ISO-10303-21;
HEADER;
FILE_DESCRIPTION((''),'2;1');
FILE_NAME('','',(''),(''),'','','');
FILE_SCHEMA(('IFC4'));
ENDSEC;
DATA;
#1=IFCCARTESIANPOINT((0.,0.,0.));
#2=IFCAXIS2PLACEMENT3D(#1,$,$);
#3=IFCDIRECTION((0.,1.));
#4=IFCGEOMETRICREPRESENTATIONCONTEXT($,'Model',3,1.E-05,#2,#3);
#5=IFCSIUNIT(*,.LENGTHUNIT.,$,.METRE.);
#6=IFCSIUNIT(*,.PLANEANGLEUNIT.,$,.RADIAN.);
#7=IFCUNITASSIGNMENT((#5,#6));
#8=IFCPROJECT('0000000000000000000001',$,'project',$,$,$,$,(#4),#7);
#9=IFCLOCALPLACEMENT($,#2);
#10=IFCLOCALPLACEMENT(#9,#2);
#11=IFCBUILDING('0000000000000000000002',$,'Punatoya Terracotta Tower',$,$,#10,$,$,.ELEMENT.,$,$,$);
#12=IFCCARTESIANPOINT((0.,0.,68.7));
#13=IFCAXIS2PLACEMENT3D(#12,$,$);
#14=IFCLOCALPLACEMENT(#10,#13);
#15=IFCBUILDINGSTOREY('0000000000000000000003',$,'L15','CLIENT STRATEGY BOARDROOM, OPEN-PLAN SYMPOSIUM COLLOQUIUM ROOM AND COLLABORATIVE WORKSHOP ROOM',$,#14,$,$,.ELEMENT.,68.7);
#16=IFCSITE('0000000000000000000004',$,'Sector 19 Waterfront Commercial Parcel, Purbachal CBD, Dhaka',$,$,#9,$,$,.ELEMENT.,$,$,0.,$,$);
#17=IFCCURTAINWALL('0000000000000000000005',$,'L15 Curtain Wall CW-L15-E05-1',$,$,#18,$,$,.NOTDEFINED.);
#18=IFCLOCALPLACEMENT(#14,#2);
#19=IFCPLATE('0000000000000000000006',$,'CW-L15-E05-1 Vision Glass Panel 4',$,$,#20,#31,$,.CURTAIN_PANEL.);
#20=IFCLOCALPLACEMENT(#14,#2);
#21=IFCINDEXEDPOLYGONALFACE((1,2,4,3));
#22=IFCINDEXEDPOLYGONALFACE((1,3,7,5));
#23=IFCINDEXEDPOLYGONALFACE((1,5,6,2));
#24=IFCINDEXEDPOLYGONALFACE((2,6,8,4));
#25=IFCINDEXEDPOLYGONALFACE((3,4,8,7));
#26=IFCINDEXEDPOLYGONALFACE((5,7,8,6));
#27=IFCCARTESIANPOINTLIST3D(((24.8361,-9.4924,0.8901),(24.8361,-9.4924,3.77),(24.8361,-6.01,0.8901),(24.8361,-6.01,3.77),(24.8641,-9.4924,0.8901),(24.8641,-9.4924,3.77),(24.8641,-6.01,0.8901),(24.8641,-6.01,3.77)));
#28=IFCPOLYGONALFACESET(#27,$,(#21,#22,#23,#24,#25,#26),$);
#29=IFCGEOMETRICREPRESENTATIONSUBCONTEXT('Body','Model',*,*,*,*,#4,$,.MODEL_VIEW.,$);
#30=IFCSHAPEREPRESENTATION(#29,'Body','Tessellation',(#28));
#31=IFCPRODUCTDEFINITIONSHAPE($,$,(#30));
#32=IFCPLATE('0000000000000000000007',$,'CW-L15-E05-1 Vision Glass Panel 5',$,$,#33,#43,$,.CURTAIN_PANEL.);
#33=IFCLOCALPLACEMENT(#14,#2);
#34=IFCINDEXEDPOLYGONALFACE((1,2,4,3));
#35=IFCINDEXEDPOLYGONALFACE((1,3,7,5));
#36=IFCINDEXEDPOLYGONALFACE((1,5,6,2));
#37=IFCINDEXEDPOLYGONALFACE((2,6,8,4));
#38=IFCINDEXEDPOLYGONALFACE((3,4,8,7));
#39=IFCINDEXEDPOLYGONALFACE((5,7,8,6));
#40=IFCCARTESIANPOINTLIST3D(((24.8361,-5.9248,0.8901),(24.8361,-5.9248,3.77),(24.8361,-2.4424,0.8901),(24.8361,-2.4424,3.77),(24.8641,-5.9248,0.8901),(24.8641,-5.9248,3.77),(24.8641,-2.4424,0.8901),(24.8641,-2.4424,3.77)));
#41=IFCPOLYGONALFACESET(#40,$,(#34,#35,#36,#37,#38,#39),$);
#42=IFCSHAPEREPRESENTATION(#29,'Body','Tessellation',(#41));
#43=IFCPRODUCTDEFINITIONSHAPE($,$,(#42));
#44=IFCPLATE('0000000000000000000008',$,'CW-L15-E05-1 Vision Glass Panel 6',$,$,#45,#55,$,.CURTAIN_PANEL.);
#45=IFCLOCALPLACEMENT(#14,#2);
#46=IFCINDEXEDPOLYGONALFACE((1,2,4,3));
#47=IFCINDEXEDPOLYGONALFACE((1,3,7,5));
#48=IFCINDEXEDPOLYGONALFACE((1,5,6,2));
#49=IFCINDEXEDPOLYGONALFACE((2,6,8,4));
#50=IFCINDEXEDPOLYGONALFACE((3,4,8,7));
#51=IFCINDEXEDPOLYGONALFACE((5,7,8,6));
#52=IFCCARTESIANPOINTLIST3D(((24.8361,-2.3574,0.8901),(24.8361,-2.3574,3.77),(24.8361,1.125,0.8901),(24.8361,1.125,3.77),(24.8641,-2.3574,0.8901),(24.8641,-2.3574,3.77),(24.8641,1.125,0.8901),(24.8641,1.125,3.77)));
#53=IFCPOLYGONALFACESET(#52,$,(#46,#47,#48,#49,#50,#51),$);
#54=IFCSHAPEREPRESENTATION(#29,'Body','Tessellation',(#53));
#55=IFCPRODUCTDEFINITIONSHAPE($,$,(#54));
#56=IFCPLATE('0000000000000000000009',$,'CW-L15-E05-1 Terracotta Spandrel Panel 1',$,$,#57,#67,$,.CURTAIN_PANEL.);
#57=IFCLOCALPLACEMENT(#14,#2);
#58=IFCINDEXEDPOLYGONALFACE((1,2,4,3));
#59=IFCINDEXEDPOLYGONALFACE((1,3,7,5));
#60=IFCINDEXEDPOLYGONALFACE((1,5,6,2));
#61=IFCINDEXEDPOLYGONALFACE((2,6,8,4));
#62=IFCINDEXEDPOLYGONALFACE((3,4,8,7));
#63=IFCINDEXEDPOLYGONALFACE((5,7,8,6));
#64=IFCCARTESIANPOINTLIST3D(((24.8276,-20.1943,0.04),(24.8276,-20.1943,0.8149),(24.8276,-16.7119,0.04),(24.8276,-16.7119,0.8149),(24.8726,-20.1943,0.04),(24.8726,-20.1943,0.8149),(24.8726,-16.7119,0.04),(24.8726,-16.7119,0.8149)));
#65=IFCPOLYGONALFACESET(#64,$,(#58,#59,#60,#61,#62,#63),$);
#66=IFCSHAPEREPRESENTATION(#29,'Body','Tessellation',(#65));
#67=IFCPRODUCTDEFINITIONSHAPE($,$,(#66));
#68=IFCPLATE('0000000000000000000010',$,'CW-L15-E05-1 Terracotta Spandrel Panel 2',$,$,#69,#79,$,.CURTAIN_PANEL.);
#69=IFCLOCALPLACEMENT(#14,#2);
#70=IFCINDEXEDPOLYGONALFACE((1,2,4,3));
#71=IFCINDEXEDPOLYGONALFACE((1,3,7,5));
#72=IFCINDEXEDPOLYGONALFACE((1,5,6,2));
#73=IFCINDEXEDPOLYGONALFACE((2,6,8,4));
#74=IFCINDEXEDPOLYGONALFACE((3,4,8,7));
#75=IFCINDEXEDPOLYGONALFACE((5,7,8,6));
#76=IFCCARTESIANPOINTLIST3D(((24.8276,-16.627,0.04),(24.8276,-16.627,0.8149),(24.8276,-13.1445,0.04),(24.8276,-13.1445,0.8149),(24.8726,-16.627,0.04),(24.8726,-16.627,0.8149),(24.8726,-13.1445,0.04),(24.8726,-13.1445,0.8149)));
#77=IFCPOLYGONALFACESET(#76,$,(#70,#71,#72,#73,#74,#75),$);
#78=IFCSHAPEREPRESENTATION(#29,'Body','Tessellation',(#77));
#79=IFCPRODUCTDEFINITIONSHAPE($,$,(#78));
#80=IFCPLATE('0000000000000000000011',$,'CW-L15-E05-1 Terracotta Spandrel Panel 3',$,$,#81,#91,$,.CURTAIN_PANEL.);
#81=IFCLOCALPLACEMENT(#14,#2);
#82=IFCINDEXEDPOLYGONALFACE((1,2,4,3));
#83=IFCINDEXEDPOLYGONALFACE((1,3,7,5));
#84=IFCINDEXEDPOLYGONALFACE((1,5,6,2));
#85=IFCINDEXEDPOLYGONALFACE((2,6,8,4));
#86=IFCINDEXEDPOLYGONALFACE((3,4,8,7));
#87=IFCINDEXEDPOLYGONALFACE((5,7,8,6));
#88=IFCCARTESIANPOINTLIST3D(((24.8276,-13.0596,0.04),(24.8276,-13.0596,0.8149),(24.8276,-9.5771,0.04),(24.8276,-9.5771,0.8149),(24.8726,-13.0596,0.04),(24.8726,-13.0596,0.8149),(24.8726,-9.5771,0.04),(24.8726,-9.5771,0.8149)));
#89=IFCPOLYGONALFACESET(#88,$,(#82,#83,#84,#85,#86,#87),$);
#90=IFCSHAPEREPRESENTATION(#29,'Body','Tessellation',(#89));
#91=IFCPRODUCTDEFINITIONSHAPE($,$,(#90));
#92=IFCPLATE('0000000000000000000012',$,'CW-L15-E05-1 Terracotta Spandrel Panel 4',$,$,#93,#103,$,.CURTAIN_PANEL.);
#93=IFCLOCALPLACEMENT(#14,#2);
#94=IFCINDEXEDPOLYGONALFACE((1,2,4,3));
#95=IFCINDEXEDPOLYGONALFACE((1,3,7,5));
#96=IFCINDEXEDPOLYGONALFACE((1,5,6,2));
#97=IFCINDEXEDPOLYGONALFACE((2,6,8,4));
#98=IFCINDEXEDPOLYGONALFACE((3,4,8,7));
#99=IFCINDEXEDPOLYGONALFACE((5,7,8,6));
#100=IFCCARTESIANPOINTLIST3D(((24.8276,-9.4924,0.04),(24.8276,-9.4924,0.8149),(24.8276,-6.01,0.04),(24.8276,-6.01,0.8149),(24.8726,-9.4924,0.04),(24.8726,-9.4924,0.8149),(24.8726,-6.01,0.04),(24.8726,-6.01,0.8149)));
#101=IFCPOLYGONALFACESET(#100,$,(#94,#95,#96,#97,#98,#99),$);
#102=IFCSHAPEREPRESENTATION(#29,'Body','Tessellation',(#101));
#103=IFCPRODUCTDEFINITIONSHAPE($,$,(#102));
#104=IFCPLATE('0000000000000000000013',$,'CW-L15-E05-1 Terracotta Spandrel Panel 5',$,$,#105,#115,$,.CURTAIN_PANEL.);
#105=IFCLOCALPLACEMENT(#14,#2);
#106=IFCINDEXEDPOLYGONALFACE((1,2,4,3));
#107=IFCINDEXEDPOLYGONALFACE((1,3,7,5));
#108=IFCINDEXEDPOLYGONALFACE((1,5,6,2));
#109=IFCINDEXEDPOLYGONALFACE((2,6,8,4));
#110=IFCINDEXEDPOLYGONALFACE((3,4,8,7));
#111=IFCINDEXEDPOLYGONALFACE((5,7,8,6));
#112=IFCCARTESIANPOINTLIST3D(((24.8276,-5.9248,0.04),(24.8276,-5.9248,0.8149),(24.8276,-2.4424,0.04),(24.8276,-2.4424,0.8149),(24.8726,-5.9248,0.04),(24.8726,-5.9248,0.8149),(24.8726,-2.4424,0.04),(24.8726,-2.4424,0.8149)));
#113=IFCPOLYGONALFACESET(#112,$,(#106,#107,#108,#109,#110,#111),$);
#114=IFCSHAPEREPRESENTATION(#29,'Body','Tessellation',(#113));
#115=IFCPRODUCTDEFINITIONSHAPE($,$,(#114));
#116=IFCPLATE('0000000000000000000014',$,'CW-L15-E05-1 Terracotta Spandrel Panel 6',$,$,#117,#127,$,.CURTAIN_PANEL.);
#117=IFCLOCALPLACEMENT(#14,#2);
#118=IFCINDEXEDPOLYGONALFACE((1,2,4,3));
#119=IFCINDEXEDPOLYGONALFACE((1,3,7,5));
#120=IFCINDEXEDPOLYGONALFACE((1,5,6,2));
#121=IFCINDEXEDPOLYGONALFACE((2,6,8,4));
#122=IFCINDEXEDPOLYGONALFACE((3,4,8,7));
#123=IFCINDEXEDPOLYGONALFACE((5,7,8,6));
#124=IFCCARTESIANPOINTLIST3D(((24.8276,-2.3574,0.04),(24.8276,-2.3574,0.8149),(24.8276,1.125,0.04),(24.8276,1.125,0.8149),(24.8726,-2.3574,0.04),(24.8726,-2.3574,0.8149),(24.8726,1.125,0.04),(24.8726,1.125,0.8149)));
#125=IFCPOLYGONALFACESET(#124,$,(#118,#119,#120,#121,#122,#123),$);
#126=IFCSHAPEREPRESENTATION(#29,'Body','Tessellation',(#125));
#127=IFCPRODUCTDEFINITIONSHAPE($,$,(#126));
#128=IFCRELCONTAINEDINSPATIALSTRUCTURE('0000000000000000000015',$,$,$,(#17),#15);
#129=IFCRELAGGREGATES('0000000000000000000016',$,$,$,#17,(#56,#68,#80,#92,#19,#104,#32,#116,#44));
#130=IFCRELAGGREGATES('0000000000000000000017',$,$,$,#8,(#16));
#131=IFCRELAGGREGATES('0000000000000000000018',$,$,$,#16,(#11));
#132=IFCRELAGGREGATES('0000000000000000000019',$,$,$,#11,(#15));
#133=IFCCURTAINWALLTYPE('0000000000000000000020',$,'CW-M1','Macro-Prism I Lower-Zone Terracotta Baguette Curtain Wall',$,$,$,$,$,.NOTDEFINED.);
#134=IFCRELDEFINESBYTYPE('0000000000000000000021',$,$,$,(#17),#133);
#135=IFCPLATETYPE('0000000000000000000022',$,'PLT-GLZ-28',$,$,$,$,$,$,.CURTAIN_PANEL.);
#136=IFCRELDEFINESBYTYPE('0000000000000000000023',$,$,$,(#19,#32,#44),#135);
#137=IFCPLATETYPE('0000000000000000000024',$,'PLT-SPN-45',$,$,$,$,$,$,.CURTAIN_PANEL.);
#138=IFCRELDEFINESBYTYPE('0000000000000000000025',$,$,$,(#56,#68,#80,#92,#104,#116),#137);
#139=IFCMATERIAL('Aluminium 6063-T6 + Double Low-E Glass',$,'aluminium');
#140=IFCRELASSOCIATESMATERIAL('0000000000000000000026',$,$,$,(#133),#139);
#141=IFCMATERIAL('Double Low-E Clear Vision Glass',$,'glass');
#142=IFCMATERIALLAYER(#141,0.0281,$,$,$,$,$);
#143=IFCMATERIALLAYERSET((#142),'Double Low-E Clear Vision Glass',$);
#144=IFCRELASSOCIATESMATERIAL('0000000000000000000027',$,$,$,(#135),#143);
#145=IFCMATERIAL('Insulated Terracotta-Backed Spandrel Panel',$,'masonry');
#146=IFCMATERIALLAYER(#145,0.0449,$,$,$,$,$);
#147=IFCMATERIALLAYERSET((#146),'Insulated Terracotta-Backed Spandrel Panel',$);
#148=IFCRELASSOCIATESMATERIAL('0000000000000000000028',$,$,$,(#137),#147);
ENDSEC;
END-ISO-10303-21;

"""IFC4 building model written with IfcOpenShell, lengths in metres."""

from ifc_helpers import new_model, si_unit, direction, frame, origin, origin_2d, place, context, subcontext, project, spatial, rectangle, extrude, material, layer, layer_set, type_object, element, aggregate, save


model = new_model("IFC4")

# Units and contexts
model_context = context("Model", 3, precision=1e-05, world=origin(), true_north=direction((0.0, 1.0)))
body_context = subcontext(model_context, "Body", "Model", "MODEL_VIEW")
ifc_project = project(units=[si_unit("LENGTHUNIT", "METRE"), si_unit("PLANEANGLEUNIT", "RADIAN")], contexts=[model_context])

# Site, building, storey
site_placement = place(None, origin())
site = spatial("IfcSite", under=ifc_project, at=site_placement, Name="Sector 19 Waterfront Commercial Parcel, Purbachal CBD, Dhaka", CompositionType="ELEMENT", RefElevation=0.0)
building_placement = place(site_placement, origin())
building = spatial("IfcBuilding", under=site, at=building_placement, Name="Punatoya Terracotta Tower", CompositionType="ELEMENT")
storey_placement = place(building_placement, frame((0.0, 0.0, 68.7)))
storey = spatial("IfcBuildingStorey", under=building, at=storey_placement, Name="L15", Description="CLIENT STRATEGY BOARDROOM, OPEN-PLAN SYMPOSIUM COLLOQUIUM ROOM AND COLLABORATIVE WORKSHOP ROOM", CompositionType="ELEMENT", Elevation=68.7)

# Curtain wall, plates
ifc_material_1 = material(Name="Aluminium 6063-T6 + Double Low-E Glass", Category="aluminium")
curtain_wall_type = type_object("IfcCurtainWallType", Name="CW-M1", Description="Macro-Prism I Lower-Zone Terracotta Baguette Curtain Wall", PredefinedType="NOTDEFINED", material=ifc_material_1)
curtain_wall_placement = place(storey_placement, origin())
curtain_wall = element("IfcCurtainWall", 1, at=curtain_wall_placement, inside=storey, type_object=curtain_wall_type, Name="L15 Curtain Wall CW-L15-E05-1", PredefinedType="NOTDEFINED")
ifc_material_2 = material(Name="Double Low-E Clear Vision Glass", Category="glass")
ifc_layer_1 = layer(ifc_material_2, 0.0281)
ifc_layer_set_1 = layer_set([ifc_layer_1], Name="Double Low-E Clear Vision Glass")
plate_type_1 = type_object("IfcPlateType", Name="PLT-GLZ-28", PredefinedType="CURTAIN_PANEL", material=ifc_layer_set_1)
plate_1_placement = place(storey_placement, frame((24.8501, -7.7512, 0.8901), z_axis=(0.0, 0.0, 1.0), x_axis=(0.0, 1.0, 0.0)))
plate_1 = element("IfcPlate", 2, at=plate_1_placement, type_object=plate_type_1, Name="CW-L15-E05-1 Vision Glass Panel 4", PredefinedType="CURTAIN_PANEL", context=body_context, shape_type="SweptSolid", body=[
    extrude(rectangle(XDim=3.4824, YDim=0.0281, at=origin_2d()), origin(), (0.0, 0.0, 1.0), 2.8799),
])
plate_2_placement = place(storey_placement, frame((24.8501, -4.1836, 0.8901), z_axis=(0.0, 0.0, 1.0), x_axis=(0.0, 1.0, 0.0)))
plate_2 = element("IfcPlate", 3, at=plate_2_placement, type_object=plate_type_1, Name="CW-L15-E05-1 Vision Glass Panel 5", PredefinedType="CURTAIN_PANEL", context=body_context, shape_type="SweptSolid", body=[
    extrude(rectangle(XDim=3.4824, YDim=0.0281, at=origin_2d()), origin(), (0.0, 0.0, 1.0), 2.8799),
])
plate_3_placement = place(storey_placement, frame((24.8501, -0.6162, 0.8901), z_axis=(0.0, 0.0, 1.0), x_axis=(0.0, 1.0, 0.0)))
plate_3 = element("IfcPlate", 4, at=plate_3_placement, type_object=plate_type_1, Name="CW-L15-E05-1 Vision Glass Panel 6", PredefinedType="CURTAIN_PANEL", context=body_context, shape_type="SweptSolid", body=[
    extrude(rectangle(XDim=3.4824, YDim=0.0281, at=origin_2d()), origin(), (0.0, 0.0, 1.0), 2.8799),
])
ifc_material_3 = material(Name="Insulated Terracotta-Backed Spandrel Panel", Category="masonry")
ifc_layer_2 = layer(ifc_material_3, 0.0449)
ifc_layer_set_2 = layer_set([ifc_layer_2], Name="Insulated Terracotta-Backed Spandrel Panel")
plate_type_2 = type_object("IfcPlateType", Name="PLT-SPN-45", PredefinedType="CURTAIN_PANEL", material=ifc_layer_set_2)
plate_4_placement = place(storey_placement, frame((24.8501, -18.4531, 0.04), z_axis=(0.0, 0.0, 1.0), x_axis=(0.0, 1.0, 0.0)))
plate_4 = element("IfcPlate", 5, at=plate_4_placement, type_object=plate_type_2, Name="CW-L15-E05-1 Terracotta Spandrel Panel 1", PredefinedType="CURTAIN_PANEL", context=body_context, shape_type="SweptSolid", body=[
    extrude(rectangle(XDim=3.4824, YDim=0.0449, at=origin_2d()), origin(), (0.0, 0.0, 1.0), 0.7749),
])
plate_5_placement = place(storey_placement, frame((24.8501, -14.8857, 0.04), z_axis=(0.0, 0.0, 1.0), x_axis=(0.0, 1.0, 0.0)))
plate_5 = element("IfcPlate", 6, at=plate_5_placement, type_object=plate_type_2, Name="CW-L15-E05-1 Terracotta Spandrel Panel 2", PredefinedType="CURTAIN_PANEL", context=body_context, shape_type="SweptSolid", body=[
    extrude(rectangle(XDim=3.4824, YDim=0.0449, at=origin_2d()), origin(), (0.0, 0.0, 1.0), 0.7749),
])
plate_6_placement = place(storey_placement, frame((24.8501, -11.3184, 0.04), z_axis=(0.0, 0.0, 1.0), x_axis=(0.0, 1.0, 0.0)))
plate_6 = element("IfcPlate", 7, at=plate_6_placement, type_object=plate_type_2, Name="CW-L15-E05-1 Terracotta Spandrel Panel 3", PredefinedType="CURTAIN_PANEL", context=body_context, shape_type="SweptSolid", body=[
    extrude(rectangle(XDim=3.4824, YDim=0.0449, at=origin_2d()), origin(), (0.0, 0.0, 1.0), 0.7749),
])
plate_7_placement = place(storey_placement, frame((24.8501, -7.7512, 0.04), z_axis=(0.0, 0.0, 1.0), x_axis=(0.0, 1.0, 0.0)))
plate_7 = element("IfcPlate", 8, at=plate_7_placement, type_object=plate_type_2, Name="CW-L15-E05-1 Terracotta Spandrel Panel 4", PredefinedType="CURTAIN_PANEL", context=body_context, shape_type="SweptSolid", body=[
    extrude(rectangle(XDim=3.4824, YDim=0.0449, at=origin_2d()), origin(), (0.0, 0.0, 1.0), 0.7749),
])
plate_8_placement = place(storey_placement, frame((24.8501, -4.1836, 0.04), z_axis=(0.0, 0.0, 1.0), x_axis=(0.0, 1.0, 0.0)))
plate_8 = element("IfcPlate", 9, at=plate_8_placement, type_object=plate_type_2, Name="CW-L15-E05-1 Terracotta Spandrel Panel 5", PredefinedType="CURTAIN_PANEL", context=body_context, shape_type="SweptSolid", body=[
    extrude(rectangle(XDim=3.4824, YDim=0.0449, at=origin_2d()), origin(), (0.0, 0.0, 1.0), 0.7749),
])
plate_9_placement = place(storey_placement, frame((24.8501, -0.6162, 0.04), z_axis=(0.0, 0.0, 1.0), x_axis=(0.0, 1.0, 0.0)))
plate_9 = element("IfcPlate", 10, at=plate_9_placement, type_object=plate_type_2, Name="CW-L15-E05-1 Terracotta Spandrel Panel 6", PredefinedType="CURTAIN_PANEL", context=body_context, shape_type="SweptSolid", body=[
    extrude(rectangle(XDim=3.4824, YDim=0.0449, at=origin_2d()), origin(), (0.0, 0.0, 1.0), 0.7749),
])
aggregate(curtain_wall, [plate_4, plate_5, plate_6, plate_7, plate_1, plate_8, plate_2, plate_9, plate_3])

save(model, "model.ifc")
